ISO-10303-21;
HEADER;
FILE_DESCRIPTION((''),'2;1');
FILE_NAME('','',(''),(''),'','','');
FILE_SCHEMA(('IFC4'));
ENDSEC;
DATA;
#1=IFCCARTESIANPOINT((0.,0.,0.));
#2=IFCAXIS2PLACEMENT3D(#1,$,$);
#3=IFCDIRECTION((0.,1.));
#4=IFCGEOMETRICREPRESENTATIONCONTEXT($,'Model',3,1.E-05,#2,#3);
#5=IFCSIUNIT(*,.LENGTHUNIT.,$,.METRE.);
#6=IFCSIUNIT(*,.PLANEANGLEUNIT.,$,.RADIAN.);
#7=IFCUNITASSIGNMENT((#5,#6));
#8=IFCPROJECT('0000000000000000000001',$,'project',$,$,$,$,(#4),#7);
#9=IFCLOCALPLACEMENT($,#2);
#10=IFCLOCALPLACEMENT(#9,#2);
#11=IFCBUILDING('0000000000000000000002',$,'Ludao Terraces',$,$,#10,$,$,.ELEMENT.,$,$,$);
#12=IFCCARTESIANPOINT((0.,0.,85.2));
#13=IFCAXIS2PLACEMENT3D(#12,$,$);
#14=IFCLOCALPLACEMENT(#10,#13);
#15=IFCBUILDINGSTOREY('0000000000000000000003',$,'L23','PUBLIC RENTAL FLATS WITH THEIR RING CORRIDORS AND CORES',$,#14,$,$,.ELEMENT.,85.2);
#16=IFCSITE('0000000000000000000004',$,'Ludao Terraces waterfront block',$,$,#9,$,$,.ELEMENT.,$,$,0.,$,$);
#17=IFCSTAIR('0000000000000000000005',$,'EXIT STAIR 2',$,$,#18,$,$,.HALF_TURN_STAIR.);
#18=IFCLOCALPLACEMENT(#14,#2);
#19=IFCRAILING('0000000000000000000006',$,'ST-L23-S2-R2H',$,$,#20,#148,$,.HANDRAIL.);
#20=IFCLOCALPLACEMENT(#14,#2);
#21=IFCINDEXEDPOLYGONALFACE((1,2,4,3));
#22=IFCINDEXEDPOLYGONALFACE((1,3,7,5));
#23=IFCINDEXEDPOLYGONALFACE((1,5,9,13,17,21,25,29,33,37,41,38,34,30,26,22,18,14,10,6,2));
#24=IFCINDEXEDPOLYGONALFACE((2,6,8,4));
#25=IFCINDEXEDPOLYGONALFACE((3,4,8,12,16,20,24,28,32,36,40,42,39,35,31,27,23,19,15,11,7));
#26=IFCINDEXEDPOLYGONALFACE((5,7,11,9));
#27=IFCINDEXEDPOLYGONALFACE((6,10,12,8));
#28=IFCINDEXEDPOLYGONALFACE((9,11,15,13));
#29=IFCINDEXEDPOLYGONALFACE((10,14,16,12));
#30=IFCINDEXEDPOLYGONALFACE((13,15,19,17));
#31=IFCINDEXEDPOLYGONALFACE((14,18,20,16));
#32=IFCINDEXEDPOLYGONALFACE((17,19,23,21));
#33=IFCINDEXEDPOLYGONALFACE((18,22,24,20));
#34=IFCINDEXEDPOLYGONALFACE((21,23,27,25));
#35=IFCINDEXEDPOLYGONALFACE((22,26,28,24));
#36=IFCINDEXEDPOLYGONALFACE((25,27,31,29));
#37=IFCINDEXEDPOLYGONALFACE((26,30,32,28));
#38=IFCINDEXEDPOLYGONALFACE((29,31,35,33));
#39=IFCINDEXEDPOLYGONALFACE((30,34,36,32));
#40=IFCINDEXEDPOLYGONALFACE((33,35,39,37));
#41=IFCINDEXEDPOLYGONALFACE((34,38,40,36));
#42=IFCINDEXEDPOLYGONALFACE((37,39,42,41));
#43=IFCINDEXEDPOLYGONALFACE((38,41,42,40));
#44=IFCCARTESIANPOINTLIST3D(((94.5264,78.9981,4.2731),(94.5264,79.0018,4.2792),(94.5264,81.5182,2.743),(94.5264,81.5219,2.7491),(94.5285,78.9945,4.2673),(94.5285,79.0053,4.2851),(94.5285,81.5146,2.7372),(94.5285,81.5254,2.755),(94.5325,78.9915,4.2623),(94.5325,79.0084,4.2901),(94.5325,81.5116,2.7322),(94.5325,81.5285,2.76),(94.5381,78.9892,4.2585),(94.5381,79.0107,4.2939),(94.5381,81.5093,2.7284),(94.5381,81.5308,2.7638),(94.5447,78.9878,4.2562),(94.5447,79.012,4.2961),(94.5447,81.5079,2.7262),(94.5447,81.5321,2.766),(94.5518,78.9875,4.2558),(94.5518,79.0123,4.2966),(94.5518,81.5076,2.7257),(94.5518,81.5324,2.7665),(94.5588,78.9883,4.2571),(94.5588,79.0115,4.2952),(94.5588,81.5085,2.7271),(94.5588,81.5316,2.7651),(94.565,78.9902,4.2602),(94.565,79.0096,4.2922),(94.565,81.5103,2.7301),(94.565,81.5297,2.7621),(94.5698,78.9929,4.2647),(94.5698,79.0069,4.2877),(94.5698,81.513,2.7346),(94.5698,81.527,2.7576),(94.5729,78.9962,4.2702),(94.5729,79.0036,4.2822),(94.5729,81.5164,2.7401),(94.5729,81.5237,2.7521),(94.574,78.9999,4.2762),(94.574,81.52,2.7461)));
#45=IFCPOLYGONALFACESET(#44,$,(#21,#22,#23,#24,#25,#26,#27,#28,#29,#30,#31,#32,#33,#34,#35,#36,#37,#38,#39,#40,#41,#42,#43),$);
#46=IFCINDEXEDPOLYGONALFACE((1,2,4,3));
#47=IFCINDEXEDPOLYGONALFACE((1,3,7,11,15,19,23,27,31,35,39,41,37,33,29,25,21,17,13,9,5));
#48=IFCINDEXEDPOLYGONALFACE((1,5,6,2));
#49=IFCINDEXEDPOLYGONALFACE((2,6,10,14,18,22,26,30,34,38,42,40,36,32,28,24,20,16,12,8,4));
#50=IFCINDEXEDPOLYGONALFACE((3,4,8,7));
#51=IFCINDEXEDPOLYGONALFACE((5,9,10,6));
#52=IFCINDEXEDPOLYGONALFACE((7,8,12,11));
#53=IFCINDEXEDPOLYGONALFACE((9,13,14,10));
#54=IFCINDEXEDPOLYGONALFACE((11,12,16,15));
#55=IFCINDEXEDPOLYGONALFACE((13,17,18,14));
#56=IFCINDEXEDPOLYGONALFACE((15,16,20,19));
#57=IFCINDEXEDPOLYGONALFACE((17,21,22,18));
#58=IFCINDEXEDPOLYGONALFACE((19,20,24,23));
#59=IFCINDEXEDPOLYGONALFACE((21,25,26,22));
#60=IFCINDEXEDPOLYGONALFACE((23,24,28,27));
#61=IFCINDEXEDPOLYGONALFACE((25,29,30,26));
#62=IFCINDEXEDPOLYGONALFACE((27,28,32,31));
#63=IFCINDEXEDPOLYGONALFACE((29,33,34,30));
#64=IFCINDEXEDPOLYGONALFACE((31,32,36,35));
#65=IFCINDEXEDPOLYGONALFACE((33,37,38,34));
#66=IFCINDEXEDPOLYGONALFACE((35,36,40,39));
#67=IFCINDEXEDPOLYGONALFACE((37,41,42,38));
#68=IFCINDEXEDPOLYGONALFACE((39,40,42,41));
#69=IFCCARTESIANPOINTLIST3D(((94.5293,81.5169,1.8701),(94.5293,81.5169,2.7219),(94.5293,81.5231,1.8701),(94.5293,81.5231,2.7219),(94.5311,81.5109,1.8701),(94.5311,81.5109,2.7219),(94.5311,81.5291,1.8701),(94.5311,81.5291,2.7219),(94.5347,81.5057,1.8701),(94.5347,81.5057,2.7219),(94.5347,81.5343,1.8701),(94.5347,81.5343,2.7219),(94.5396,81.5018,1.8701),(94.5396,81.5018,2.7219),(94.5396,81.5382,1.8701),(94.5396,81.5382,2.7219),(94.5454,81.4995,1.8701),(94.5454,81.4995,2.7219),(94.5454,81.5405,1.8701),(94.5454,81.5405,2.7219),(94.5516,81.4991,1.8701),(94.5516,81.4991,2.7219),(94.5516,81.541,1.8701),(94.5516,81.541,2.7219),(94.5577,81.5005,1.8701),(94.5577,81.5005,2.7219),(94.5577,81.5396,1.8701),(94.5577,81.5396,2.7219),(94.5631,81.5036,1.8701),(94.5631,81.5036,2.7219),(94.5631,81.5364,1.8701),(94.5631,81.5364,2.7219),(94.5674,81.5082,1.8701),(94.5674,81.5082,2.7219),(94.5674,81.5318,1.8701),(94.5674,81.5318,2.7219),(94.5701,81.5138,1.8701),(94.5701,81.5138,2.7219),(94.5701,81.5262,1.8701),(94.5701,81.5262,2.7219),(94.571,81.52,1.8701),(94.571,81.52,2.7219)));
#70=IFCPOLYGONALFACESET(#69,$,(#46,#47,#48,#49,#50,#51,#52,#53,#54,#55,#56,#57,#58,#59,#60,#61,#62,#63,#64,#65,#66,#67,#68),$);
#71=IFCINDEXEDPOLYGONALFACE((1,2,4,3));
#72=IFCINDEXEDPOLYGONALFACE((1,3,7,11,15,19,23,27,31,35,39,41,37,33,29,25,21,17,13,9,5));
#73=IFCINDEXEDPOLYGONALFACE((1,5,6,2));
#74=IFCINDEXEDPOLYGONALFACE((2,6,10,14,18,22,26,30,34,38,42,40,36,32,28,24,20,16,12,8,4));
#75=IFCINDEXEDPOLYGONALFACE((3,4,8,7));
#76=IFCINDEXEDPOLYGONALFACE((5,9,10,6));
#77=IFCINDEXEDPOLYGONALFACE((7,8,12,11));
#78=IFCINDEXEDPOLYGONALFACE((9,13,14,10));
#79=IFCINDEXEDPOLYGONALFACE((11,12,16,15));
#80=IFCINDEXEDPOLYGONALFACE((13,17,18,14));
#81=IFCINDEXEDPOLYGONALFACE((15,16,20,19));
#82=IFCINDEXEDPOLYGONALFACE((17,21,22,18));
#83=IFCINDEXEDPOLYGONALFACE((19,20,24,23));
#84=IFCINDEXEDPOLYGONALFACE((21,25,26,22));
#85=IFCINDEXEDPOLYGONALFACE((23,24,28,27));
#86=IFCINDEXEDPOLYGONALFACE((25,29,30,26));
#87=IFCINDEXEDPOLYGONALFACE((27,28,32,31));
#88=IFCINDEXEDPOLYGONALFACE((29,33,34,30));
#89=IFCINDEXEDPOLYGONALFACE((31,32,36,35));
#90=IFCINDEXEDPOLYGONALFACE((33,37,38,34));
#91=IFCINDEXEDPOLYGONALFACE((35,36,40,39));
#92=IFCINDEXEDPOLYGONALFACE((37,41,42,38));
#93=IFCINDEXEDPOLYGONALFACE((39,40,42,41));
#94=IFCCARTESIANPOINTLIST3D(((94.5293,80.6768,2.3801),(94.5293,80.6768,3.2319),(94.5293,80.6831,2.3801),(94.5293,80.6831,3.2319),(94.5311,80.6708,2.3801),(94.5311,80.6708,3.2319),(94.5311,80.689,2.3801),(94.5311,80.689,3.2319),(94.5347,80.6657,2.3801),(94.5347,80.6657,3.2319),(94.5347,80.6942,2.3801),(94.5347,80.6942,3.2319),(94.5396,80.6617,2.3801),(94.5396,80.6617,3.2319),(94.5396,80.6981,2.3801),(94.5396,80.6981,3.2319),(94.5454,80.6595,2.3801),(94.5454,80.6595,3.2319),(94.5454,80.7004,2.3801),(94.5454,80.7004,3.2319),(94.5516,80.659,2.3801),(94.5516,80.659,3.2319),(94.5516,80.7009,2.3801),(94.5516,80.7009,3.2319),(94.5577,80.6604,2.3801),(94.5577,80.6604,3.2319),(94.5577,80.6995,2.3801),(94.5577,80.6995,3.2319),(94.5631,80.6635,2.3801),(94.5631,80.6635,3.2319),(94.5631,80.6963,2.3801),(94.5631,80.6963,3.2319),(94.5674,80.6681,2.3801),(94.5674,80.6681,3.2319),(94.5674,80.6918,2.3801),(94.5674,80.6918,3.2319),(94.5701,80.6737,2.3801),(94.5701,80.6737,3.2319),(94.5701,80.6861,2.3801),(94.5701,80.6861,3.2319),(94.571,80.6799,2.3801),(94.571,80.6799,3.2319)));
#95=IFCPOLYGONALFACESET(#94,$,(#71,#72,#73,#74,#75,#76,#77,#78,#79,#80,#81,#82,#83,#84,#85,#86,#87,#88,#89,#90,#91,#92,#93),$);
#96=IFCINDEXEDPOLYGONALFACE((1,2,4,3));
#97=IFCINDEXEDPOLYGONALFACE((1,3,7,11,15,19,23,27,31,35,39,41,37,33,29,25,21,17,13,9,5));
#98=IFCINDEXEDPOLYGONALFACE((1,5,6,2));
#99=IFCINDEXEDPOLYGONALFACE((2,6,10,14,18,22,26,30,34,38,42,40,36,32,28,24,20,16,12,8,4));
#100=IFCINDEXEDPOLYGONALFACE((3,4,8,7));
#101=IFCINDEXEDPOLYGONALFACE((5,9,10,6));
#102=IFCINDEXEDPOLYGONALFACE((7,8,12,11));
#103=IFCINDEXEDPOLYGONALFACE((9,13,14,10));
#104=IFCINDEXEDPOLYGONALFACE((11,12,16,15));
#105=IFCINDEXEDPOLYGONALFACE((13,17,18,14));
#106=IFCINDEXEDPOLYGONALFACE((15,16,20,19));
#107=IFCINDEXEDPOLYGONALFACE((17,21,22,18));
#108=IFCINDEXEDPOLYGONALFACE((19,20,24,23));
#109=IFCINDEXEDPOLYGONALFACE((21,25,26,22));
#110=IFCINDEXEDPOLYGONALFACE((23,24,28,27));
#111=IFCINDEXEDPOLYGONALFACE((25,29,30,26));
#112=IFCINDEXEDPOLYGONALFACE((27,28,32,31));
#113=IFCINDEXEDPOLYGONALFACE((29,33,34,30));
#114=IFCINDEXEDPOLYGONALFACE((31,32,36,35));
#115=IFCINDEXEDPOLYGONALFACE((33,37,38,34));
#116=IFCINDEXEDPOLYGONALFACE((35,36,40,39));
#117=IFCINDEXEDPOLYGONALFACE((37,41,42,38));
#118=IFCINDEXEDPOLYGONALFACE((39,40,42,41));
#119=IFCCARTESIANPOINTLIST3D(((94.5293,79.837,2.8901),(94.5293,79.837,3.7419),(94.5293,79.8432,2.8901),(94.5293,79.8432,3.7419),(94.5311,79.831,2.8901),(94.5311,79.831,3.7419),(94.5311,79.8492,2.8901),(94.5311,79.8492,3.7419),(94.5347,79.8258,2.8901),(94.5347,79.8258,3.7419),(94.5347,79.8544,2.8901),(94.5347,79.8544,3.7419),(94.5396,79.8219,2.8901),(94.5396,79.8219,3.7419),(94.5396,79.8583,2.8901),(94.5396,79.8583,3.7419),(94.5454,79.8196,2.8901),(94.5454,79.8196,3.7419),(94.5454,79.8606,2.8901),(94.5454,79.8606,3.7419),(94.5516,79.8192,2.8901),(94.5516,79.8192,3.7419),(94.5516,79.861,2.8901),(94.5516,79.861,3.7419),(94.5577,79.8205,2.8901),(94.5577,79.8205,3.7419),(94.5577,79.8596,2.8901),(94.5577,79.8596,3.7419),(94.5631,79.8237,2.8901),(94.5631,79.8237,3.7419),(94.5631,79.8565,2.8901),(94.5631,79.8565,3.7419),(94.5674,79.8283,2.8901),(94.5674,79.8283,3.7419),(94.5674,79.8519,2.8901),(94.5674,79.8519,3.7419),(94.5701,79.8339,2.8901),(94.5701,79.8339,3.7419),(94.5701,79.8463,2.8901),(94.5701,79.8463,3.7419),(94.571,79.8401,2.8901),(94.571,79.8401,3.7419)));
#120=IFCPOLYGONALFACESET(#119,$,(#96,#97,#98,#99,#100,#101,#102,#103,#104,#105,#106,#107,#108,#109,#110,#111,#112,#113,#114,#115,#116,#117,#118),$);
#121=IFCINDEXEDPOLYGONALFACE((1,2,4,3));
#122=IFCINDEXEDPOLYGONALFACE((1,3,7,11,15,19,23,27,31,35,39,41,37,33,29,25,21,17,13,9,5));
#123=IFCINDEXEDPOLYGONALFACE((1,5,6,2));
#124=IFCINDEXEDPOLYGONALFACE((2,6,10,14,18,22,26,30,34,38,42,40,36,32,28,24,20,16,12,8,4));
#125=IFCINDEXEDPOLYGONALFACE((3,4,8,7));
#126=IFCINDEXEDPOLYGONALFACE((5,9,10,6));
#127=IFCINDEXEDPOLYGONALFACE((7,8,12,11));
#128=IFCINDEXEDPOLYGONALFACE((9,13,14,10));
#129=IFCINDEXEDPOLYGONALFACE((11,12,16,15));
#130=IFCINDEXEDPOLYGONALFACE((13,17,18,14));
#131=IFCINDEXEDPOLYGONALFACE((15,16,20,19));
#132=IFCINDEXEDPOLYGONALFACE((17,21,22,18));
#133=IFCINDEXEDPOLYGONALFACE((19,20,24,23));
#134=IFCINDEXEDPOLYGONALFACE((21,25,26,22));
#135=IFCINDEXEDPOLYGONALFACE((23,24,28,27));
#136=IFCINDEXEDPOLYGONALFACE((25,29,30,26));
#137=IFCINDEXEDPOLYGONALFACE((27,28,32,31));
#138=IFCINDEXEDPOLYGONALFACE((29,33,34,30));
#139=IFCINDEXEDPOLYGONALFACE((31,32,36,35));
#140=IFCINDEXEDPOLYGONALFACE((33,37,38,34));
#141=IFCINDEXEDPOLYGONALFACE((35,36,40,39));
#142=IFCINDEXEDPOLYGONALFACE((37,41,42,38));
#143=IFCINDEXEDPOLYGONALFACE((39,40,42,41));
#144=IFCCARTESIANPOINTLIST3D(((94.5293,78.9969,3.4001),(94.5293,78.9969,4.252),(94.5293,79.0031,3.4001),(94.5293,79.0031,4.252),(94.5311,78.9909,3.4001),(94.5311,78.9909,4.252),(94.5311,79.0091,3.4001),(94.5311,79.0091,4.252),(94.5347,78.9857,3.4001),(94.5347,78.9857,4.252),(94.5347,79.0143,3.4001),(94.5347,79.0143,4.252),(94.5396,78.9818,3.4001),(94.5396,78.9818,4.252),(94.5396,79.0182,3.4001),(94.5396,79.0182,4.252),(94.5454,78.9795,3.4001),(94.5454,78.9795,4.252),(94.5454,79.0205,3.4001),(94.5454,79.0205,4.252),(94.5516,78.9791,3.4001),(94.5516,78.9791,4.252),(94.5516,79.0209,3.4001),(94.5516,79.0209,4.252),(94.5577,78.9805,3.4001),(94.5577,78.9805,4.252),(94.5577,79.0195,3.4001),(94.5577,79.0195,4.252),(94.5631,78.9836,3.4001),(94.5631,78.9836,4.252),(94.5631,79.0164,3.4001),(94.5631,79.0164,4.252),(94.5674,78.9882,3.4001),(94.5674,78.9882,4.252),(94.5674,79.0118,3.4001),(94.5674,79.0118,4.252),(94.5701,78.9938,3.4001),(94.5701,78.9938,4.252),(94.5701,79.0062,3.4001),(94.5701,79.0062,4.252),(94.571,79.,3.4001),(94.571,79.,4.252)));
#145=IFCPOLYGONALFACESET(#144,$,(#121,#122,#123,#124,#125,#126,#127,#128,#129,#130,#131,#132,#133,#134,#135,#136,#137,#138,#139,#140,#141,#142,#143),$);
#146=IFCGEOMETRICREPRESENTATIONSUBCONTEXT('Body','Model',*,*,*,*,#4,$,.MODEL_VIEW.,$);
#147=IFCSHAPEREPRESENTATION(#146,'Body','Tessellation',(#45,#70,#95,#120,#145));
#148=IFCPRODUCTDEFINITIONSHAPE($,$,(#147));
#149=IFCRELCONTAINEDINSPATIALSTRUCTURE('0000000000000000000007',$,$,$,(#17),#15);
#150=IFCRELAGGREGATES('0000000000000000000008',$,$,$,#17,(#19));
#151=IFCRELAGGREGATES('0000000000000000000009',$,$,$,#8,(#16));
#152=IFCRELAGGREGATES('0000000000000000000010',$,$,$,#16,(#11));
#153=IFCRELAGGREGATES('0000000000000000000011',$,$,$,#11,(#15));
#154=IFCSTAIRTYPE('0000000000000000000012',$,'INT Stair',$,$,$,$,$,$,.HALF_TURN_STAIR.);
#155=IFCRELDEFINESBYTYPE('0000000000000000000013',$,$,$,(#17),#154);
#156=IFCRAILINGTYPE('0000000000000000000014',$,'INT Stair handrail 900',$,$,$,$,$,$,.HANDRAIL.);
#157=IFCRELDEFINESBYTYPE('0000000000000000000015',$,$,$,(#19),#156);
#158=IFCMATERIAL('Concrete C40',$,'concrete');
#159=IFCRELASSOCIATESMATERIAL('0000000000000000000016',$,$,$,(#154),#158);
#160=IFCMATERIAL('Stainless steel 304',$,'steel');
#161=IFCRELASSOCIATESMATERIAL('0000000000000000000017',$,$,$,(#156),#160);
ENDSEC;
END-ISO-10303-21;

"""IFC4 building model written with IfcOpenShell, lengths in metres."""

from ifc_helpers import new_model, si_unit, direction, frame, origin, origin_2d, place, context, subcontext, project, spatial, circle, extrude, material, type_object, element, aggregate, save


model = new_model("IFC4")

# Units and contexts
model_context = context("Model", 3, precision=1e-05, world=origin(), true_north=direction((0.0, 1.0)))
body_context = subcontext(model_context, "Body", "Model", "MODEL_VIEW")
ifc_project = project(units=[si_unit("LENGTHUNIT", "METRE"), si_unit("PLANEANGLEUNIT", "RADIAN")], contexts=[model_context])

# Site, building, storey
site_placement = place(None, origin())
site = spatial("IfcSite", under=ifc_project, at=site_placement, Name="Ludao Terraces waterfront block", CompositionType="ELEMENT", RefElevation=0.0)
building_placement = place(site_placement, origin())
building = spatial("IfcBuilding", under=site, at=building_placement, Name="Ludao Terraces", CompositionType="ELEMENT")
storey_placement = place(building_placement, frame((0.0, 0.0, 85.2)))
storey = spatial("IfcBuildingStorey", under=building, at=storey_placement, Name="L23", Description="PUBLIC RENTAL FLATS WITH THEIR RING CORRIDORS AND CORES", CompositionType="ELEMENT", Elevation=85.2)

# Shared definitions
ifc_material_1 = material(Name="Concrete C40", Category="concrete")

# Stair, railing
stair_type = type_object("IfcStairType", Name="INT Stair", PredefinedType="HALF_TURN_STAIR", material=ifc_material_1)
stair_placement = place(storey_placement, origin())
stair = element("IfcStair", 1, at=stair_placement, inside=storey, type_object=stair_type, Name="EXIT STAIR 2", PredefinedType="HALF_TURN_STAIR")
ifc_material_2 = material(Name="Stainless steel 304", Category="steel")
railing_type_1 = type_object("IfcRailingType", Name="INT Stair handrail 900", PredefinedType="HANDRAIL", material=ifc_material_2)
railing_1_placement = place(storey_placement, frame((94.55, 81.52, 1.8701)))
railing_1 = element("IfcRailing", 2, at=railing_1_placement, type_object=railing_type_1, Name="ST-L23-S2-R2H", PredefinedType="HANDRAIL", context=body_context, shape_type="SweptSolid", body=[
    extrude(circle(Radius=0.0239, at=origin_2d()), frame((0.0, 0.0, 0.876), z_axis=(0.0, -0.854785, 0.518982), x_axis=(1.0, 0.0, 0.0)), (0.0, 0.0, 1.0), 2.9482),
    extrude(circle(Radius=0.021, at=origin_2d()), origin(), (0.0, 0.0, 1.0), 0.8518),
    extrude(circle(Radius=0.021, at=origin_2d()), frame((0.0, -0.8401, 0.51)), (0.0, 0.0, 1.0), 0.8518),
    extrude(circle(Radius=0.021, at=origin_2d()), frame((0.0, -1.6799, 1.02)), (0.0, 0.0, 1.0), 0.8518),
    extrude(circle(Radius=0.021, at=origin_2d()), frame((0.0, -2.52, 1.53)), (0.0, 0.0, 1.0), 0.8518),
])
aggregate(stair, [railing_1])

save(model, "model.ifc")
